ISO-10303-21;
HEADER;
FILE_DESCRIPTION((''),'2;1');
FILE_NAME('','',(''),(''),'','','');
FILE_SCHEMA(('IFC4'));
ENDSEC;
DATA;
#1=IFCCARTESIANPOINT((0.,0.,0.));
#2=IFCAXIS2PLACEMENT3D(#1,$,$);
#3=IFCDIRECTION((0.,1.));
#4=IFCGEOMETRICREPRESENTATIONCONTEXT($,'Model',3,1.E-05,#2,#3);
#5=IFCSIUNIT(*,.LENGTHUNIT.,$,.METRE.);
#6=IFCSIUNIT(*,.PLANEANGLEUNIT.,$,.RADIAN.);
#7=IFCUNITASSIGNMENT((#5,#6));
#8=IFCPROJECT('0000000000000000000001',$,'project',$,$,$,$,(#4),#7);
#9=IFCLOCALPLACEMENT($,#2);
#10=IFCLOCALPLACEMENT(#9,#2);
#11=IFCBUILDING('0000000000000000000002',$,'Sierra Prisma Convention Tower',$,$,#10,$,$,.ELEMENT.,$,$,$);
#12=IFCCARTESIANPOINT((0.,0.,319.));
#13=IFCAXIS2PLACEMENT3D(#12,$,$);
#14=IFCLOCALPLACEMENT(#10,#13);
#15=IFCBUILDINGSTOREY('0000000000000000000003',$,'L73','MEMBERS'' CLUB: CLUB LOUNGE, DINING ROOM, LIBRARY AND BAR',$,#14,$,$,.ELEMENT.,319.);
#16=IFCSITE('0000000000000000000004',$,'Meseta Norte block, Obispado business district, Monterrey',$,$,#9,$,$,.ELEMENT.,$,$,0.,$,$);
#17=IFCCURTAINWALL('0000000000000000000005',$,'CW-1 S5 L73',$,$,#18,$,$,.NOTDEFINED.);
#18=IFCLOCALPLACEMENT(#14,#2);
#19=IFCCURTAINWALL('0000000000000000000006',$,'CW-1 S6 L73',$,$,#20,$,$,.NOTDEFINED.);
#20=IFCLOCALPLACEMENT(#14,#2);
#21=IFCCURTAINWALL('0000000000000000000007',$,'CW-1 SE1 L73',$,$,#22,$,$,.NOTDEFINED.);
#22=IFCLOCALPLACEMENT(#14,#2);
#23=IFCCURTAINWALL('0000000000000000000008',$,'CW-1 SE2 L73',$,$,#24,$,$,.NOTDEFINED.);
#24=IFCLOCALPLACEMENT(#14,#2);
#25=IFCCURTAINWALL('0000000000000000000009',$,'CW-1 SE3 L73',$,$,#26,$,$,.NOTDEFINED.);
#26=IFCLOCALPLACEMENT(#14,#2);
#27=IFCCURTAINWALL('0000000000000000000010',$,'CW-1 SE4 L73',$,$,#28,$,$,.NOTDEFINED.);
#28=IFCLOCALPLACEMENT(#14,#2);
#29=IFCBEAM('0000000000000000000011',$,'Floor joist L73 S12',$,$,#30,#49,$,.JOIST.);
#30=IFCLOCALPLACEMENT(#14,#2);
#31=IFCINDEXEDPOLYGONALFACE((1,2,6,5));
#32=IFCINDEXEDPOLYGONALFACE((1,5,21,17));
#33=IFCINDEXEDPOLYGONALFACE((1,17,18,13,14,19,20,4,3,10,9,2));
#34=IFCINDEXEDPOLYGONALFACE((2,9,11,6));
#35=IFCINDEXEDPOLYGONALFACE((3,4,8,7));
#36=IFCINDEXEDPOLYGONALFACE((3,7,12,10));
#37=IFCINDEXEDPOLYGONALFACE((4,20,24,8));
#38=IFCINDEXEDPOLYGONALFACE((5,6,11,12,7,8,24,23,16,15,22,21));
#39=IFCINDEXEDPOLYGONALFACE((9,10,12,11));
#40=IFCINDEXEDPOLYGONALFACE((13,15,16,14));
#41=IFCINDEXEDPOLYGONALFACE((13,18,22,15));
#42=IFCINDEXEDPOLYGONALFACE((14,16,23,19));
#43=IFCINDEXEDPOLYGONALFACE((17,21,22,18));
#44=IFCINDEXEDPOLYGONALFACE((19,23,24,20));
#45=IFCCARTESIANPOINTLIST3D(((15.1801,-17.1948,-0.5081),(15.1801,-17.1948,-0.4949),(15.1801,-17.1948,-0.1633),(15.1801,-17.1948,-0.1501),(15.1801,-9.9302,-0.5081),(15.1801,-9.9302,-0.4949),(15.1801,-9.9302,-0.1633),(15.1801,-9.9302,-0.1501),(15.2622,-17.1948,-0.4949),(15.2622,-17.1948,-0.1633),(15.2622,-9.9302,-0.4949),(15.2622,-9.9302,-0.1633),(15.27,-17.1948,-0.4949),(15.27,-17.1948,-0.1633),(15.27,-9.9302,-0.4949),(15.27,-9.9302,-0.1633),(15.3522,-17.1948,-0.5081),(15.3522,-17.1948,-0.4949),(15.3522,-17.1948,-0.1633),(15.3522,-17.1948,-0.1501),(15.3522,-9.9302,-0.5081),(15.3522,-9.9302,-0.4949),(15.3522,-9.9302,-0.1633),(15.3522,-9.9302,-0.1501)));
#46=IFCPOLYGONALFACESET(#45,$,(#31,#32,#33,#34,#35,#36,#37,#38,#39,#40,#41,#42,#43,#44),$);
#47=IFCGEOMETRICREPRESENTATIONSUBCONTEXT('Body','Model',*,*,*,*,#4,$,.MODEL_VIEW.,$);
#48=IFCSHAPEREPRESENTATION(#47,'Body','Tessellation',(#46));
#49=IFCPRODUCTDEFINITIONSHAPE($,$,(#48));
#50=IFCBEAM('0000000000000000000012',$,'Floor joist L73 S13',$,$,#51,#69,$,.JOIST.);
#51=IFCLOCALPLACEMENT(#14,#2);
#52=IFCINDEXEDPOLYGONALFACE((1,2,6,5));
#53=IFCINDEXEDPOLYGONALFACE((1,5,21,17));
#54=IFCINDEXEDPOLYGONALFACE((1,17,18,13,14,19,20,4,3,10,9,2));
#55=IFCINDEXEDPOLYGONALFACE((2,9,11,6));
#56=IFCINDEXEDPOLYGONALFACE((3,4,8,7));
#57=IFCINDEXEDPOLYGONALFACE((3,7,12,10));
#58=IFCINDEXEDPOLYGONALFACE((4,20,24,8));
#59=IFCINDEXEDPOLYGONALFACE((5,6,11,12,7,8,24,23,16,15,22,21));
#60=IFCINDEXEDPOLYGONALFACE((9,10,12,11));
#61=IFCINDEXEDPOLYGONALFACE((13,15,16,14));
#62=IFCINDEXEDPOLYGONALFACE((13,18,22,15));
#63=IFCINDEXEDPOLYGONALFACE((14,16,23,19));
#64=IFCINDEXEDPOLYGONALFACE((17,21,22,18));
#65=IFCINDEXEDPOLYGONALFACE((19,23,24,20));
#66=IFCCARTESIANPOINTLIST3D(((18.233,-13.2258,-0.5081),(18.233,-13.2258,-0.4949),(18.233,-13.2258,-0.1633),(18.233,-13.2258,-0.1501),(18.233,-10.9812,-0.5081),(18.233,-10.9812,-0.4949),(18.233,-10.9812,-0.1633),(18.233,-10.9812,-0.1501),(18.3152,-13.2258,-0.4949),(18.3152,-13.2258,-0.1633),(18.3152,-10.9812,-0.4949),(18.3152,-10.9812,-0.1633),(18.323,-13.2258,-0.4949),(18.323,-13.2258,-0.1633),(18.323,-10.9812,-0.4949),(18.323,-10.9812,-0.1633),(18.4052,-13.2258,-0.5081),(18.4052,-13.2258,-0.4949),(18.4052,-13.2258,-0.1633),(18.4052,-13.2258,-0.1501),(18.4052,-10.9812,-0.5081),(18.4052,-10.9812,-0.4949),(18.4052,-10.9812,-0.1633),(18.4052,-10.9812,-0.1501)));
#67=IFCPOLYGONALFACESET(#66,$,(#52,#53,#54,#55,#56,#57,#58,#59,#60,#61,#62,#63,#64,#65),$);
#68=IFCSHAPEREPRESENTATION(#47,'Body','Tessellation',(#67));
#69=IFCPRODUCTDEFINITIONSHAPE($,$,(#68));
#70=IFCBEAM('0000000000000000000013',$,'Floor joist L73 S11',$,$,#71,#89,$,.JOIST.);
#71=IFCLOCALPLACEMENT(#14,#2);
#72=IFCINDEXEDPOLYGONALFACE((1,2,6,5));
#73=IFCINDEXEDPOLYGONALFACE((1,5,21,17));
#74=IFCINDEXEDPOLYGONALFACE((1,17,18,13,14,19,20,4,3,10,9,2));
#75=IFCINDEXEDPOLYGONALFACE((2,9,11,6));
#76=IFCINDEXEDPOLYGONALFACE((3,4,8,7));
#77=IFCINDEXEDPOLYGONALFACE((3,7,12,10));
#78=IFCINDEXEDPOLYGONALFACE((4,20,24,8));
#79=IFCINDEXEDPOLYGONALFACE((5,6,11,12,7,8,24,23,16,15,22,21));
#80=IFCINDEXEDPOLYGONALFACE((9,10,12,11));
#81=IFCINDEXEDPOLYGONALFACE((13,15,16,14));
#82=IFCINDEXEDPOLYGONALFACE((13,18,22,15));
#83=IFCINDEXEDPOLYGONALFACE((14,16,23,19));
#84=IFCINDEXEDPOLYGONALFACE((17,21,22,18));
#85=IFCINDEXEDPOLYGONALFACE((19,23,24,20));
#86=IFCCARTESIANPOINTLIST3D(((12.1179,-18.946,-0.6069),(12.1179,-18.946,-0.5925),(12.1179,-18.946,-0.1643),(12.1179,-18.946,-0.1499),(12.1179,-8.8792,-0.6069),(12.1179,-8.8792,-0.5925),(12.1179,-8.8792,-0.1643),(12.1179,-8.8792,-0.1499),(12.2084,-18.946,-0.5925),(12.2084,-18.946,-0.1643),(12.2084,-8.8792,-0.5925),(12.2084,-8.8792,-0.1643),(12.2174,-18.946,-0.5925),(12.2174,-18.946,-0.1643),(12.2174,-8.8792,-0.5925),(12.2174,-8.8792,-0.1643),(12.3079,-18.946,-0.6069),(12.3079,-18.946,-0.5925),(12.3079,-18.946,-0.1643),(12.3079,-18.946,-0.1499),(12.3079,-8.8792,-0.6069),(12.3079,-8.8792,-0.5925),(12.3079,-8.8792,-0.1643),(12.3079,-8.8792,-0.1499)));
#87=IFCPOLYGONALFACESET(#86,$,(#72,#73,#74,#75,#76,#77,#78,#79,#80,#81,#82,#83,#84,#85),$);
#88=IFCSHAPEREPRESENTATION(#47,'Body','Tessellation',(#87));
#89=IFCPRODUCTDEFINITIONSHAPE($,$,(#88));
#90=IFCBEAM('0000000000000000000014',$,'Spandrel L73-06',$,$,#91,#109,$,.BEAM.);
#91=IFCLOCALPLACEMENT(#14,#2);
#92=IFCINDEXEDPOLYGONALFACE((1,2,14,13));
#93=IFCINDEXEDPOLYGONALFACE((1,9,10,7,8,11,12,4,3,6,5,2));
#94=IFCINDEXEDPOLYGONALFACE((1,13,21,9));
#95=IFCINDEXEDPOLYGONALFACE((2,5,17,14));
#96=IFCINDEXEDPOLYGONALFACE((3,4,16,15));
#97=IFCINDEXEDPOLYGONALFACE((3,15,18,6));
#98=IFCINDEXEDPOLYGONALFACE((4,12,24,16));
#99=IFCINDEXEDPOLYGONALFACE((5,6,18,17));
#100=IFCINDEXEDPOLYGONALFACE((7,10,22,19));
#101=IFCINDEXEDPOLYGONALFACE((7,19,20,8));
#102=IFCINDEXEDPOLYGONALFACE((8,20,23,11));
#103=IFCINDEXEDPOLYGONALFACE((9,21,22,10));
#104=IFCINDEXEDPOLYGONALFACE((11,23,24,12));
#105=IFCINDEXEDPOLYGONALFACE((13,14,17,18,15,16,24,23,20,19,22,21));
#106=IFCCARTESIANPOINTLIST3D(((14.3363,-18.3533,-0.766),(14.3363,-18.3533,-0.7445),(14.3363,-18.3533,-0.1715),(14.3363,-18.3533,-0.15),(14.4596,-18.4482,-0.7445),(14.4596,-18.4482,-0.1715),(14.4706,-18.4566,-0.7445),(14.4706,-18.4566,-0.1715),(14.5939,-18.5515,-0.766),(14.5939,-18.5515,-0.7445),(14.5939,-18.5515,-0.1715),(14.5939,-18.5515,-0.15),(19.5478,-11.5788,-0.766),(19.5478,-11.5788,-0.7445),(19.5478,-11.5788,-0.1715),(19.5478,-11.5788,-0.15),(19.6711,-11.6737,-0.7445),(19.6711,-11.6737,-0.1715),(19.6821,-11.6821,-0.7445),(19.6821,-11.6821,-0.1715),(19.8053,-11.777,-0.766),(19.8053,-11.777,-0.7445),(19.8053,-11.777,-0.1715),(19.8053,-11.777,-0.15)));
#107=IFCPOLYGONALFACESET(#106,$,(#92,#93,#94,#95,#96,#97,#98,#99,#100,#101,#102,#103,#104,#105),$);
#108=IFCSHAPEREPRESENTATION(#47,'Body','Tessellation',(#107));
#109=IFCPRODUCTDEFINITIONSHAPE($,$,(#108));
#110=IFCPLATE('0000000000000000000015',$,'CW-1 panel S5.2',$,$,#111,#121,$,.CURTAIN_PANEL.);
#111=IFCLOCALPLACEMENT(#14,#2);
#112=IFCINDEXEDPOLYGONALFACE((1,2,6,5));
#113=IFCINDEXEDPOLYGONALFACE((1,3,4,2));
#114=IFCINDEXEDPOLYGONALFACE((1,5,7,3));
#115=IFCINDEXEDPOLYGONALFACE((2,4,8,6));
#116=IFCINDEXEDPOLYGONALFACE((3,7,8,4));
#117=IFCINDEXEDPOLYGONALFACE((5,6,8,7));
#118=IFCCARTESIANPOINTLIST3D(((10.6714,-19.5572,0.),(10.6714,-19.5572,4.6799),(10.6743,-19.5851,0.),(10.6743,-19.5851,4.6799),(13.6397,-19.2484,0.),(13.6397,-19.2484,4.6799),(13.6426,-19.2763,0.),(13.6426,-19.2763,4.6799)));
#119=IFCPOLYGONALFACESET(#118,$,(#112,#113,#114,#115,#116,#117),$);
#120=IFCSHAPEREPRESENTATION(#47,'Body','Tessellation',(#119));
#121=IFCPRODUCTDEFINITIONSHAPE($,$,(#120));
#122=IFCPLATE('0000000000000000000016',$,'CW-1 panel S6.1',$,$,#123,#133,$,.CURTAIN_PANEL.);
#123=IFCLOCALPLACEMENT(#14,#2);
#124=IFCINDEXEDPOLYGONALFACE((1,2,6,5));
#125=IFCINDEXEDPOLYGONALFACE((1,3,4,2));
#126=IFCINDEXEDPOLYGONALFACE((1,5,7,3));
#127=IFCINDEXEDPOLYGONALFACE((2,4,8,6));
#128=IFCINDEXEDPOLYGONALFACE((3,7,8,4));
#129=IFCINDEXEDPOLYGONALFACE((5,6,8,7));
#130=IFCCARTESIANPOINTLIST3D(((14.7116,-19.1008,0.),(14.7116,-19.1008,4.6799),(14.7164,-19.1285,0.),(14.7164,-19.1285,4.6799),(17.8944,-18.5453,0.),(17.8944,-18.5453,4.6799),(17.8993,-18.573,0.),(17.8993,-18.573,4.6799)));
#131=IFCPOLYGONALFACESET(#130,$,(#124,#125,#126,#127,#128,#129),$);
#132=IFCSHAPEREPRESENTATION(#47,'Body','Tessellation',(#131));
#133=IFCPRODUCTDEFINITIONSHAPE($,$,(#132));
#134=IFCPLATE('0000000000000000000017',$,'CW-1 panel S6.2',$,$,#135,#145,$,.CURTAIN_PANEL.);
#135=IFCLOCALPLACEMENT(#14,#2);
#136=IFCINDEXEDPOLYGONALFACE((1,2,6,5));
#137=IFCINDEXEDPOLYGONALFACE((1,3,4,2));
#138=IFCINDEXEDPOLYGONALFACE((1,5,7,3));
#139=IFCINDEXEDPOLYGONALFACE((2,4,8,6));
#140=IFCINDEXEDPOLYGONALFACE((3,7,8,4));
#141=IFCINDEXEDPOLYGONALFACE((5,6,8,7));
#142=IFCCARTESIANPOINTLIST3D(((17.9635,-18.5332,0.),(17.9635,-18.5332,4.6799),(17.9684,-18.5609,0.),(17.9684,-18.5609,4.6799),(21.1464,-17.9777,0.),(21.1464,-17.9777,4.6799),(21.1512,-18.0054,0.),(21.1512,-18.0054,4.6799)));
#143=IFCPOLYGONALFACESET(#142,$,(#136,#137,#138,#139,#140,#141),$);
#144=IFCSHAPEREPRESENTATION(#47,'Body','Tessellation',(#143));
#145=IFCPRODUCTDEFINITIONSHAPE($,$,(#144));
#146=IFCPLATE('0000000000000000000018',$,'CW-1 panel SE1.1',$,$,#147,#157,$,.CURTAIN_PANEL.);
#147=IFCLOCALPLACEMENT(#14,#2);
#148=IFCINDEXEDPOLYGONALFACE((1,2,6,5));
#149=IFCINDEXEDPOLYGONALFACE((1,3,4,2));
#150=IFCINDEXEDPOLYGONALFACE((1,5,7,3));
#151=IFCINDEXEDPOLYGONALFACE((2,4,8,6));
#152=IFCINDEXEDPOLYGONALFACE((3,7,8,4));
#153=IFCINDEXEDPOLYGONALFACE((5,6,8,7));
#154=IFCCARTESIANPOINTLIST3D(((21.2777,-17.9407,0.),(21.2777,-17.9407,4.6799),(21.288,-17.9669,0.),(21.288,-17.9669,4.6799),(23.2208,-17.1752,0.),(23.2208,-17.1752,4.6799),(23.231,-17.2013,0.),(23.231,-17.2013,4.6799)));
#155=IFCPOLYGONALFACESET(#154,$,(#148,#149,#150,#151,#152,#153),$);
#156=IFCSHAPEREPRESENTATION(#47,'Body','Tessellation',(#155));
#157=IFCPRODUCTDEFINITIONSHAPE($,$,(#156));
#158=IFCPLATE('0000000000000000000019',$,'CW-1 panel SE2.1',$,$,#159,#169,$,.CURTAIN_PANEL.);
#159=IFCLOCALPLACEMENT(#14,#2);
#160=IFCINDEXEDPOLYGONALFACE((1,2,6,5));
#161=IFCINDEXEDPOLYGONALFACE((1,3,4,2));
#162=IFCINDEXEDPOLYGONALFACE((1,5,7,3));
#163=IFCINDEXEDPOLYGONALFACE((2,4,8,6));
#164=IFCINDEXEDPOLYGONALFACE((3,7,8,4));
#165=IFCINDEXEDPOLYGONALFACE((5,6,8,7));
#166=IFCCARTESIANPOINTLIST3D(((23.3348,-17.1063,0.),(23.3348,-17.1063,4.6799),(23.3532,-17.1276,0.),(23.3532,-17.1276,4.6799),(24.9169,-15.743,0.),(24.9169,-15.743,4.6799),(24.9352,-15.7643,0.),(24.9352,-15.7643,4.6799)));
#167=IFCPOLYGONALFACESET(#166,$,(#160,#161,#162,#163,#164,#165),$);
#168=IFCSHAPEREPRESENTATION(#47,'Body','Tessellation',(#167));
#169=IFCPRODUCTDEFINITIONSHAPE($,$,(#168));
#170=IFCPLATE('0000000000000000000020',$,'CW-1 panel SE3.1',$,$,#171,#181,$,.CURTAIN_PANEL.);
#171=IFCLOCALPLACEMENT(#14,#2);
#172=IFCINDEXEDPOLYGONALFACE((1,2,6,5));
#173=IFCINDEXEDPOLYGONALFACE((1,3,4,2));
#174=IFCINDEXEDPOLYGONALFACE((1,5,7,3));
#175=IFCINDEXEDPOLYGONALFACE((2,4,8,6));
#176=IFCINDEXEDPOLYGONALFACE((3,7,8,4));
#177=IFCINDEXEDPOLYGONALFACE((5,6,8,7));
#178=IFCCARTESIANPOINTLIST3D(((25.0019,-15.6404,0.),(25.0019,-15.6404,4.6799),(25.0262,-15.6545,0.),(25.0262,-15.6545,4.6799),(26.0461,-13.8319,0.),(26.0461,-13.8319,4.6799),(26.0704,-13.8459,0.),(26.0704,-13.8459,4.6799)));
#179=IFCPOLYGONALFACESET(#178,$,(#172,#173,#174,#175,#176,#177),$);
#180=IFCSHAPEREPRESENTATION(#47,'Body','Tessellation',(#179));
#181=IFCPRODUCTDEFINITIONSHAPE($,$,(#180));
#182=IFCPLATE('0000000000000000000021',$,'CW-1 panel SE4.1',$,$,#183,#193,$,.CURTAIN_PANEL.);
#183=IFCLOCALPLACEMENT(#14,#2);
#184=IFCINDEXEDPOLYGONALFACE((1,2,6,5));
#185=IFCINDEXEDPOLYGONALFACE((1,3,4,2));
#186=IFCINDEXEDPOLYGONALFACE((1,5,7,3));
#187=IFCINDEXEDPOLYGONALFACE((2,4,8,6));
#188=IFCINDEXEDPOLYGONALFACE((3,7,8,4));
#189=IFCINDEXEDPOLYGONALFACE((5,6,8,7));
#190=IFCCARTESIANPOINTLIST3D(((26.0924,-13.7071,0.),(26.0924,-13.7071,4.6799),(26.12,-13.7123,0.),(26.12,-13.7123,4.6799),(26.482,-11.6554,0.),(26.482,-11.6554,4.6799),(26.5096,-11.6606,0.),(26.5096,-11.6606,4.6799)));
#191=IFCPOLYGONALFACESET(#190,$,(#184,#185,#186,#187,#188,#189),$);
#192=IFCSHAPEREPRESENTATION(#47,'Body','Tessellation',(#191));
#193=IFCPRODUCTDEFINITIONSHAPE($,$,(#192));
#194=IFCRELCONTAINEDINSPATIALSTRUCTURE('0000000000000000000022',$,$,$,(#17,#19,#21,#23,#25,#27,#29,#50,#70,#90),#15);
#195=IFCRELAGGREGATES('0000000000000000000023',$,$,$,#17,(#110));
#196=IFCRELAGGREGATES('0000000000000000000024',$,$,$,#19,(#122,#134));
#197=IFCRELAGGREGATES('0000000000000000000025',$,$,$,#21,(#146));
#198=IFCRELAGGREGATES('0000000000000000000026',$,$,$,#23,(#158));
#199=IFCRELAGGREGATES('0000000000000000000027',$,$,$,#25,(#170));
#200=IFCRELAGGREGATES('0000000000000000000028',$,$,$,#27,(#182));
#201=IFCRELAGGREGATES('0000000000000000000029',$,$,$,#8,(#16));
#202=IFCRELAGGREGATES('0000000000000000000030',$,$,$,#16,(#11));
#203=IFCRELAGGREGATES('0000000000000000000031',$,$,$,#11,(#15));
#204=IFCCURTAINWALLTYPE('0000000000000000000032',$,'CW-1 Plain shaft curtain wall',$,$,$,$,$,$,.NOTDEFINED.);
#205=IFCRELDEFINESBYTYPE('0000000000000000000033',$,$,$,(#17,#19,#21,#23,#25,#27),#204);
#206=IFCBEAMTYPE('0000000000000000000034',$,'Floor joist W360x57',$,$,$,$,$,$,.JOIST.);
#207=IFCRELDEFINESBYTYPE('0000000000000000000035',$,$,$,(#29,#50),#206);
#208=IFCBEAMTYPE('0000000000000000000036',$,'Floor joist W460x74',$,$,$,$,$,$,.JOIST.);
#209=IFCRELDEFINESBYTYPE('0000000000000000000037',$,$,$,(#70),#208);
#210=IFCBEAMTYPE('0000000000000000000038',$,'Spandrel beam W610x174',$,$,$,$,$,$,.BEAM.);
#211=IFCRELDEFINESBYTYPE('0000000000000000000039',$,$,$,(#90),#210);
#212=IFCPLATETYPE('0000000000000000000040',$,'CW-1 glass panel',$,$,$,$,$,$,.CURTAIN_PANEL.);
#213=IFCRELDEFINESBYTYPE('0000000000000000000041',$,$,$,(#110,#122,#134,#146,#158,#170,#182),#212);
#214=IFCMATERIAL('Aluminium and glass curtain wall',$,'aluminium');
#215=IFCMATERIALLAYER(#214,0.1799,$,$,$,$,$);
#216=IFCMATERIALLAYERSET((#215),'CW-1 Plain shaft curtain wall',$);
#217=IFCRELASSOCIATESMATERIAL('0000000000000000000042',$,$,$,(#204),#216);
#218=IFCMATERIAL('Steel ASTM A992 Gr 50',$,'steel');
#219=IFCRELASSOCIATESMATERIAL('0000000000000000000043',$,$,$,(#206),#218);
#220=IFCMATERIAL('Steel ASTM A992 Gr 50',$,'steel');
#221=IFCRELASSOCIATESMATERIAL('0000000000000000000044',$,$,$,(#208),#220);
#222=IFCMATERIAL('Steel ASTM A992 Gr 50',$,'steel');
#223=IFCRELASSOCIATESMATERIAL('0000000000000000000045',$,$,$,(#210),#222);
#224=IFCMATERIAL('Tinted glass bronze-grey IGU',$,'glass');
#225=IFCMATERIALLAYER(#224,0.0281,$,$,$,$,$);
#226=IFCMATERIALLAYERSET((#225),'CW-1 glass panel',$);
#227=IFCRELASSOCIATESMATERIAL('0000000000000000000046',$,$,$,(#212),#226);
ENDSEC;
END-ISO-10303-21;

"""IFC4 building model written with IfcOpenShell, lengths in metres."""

from ifc_helpers import new_model, si_unit, direction, frame, origin, origin_2d, place, context, subcontext, project, spatial, rectangle, i_section, extrude, material, layer, layer_set, material_profile, profile_set, type_object, element, aggregate, save


model = new_model("IFC4")

# Units and contexts
model_context = context("Model", 3, precision=1e-05, world=origin(), true_north=direction((0.0, 1.0)))
body_context = subcontext(model_context, "Body", "Model", "MODEL_VIEW")
ifc_project = project(units=[si_unit("LENGTHUNIT", "METRE"), si_unit("PLANEANGLEUNIT", "RADIAN")], contexts=[model_context])

# Site, building, storey
site_placement = place(None, origin())
site = spatial("IfcSite", under=ifc_project, at=site_placement, Name="Meseta Norte block, Obispado business district, Monterrey", CompositionType="ELEMENT", RefElevation=0.0)
building_placement = place(site_placement, origin())
building = spatial("IfcBuilding", under=site, at=building_placement, Name="Sierra Prisma Convention Tower", CompositionType="ELEMENT")
storey_placement = place(building_placement, frame((0.0, 0.0, 319.0)))
storey = spatial("IfcBuildingStorey", under=building, at=storey_placement, Name="L73", Description="MEMBERS' CLUB: CLUB LOUNGE, DINING ROOM, LIBRARY AND BAR", CompositionType="ELEMENT", Elevation=319.0)

# Curtain walls
ifc_material_1 = material(Name="Aluminium and glass curtain wall", Category="aluminium")
ifc_layer_1 = layer(ifc_material_1, 0.1799)
ifc_layer_set_1 = layer_set([ifc_layer_1], Name="CW-1 Plain shaft curtain wall")
curtain_wall_type = type_object("IfcCurtainWallType", Name="CW-1 Plain shaft curtain wall", PredefinedType="NOTDEFINED", material=ifc_layer_set_1)
curtain_wall_1_placement = place(storey_placement, origin())
curtain_wall_1 = element("IfcCurtainWall", 1, at=curtain_wall_1_placement, inside=storey, type_object=curtain_wall_type, Name="CW-1 S5 L73", PredefinedType="NOTDEFINED")
curtain_wall_2_placement = place(storey_placement, origin())
curtain_wall_2 = element("IfcCurtainWall", 2, at=curtain_wall_2_placement, inside=storey, type_object=curtain_wall_type, Name="CW-1 S6 L73", PredefinedType="NOTDEFINED")
curtain_wall_3_placement = place(storey_placement, origin())
curtain_wall_3 = element("IfcCurtainWall", 3, at=curtain_wall_3_placement, inside=storey, type_object=curtain_wall_type, Name="CW-1 SE1 L73", PredefinedType="NOTDEFINED")
curtain_wall_4_placement = place(storey_placement, origin())
curtain_wall_4 = element("IfcCurtainWall", 4, at=curtain_wall_4_placement, inside=storey, type_object=curtain_wall_type, Name="CW-1 SE2 L73", PredefinedType="NOTDEFINED")
curtain_wall_5_placement = place(storey_placement, origin())
curtain_wall_5 = element("IfcCurtainWall", 5, at=curtain_wall_5_placement, inside=storey, type_object=curtain_wall_type, Name="CW-1 SE3 L73", PredefinedType="NOTDEFINED")
curtain_wall_6_placement = place(storey_placement, origin())
curtain_wall_6 = element("IfcCurtainWall", 6, at=curtain_wall_6_placement, inside=storey, type_object=curtain_wall_type, Name="CW-1 SE4 L73", PredefinedType="NOTDEFINED")

# Beams
ifc_material_2 = material(Name="Steel ASTM A992 Gr 50", Category="steel")
ifc_material_profile_1 = material_profile(ifc_material_2, i_section(OverallWidth=0.1721, OverallDepth=0.3579, WebThickness=0.0078, FlangeThickness=0.0132, at=origin_2d()), Name="W360x57")
ifc_profile_set_1 = profile_set([ifc_material_profile_1], Name="Steel ASTM A992 Gr 50")
beam_type_1 = type_object("IfcBeamType", Name="Floor joist W360x57", PredefinedType="JOIST", material=ifc_profile_set_1)
beam_1_placement = place(storey_placement, frame((15.2661, -17.1948, -0.3291), z_axis=(0.0, 1.0, 0.0), x_axis=(-1.0, 0.0, 0.0)))
element("IfcBeam", 7, at=beam_1_placement, inside=storey, type_object=beam_type_1, Name="Floor joist L73 S12", PredefinedType="JOIST", context=body_context, shape_type="SweptSolid", body=[
    extrude(i_section(OverallWidth=0.1721, OverallDepth=0.3579, WebThickness=0.0078, FlangeThickness=0.0132, at=origin_2d()), origin(), (0.0, 0.0, 1.0), 7.2646),
])
beam_2_placement = place(storey_placement, frame((18.3191, -13.2258, -0.3291), z_axis=(0.0, 1.0, 0.0), x_axis=(-1.0, 0.0, 0.0)))
element("IfcBeam", 8, at=beam_2_placement, inside=storey, type_object=beam_type_1, Name="Floor joist L73 S13", PredefinedType="JOIST", context=body_context, shape_type="SweptSolid", body=[
    extrude(i_section(OverallWidth=0.1721, OverallDepth=0.3579, WebThickness=0.0078, FlangeThickness=0.0132, at=origin_2d()), origin(), (0.0, 0.0, 1.0), 2.2446),
])
ifc_material_3 = material(Name="Steel ASTM A992 Gr 50", Category="steel")
ifc_material_profile_2 = material_profile(ifc_material_3, i_section(OverallWidth=0.1899, OverallDepth=0.457, WebThickness=0.009, FlangeThickness=0.0144, at=origin_2d()), Name="W460x74")
ifc_profile_set_2 = profile_set([ifc_material_profile_2], Name="Steel ASTM A992 Gr 50")
beam_type_2 = type_object("IfcBeamType", Name="Floor joist W460x74", PredefinedType="JOIST", material=ifc_profile_set_2)
beam_3_placement = place(storey_placement, frame((12.2129, -18.946, -0.3784), z_axis=(0.0, 1.0, 0.0), x_axis=(-1.0, 0.0, 0.0)))
element("IfcBeam", 9, at=beam_3_placement, inside=storey, type_object=beam_type_2, Name="Floor joist L73 S11", PredefinedType="JOIST", context=body_context, shape_type="SweptSolid", body=[
    extrude(i_section(OverallWidth=0.1899, OverallDepth=0.457, WebThickness=0.009, FlangeThickness=0.0144, at=origin_2d()), origin(), (0.0, 0.0, 1.0), 10.0669),
])
ifc_material_4 = material(Name="Steel ASTM A992 Gr 50", Category="steel")
ifc_material_profile_3 = material_profile(ifc_material_4, i_section(OverallWidth=0.325, OverallDepth=0.616, WebThickness=0.0139, FlangeThickness=0.0215, at=origin_2d()), Name="W610x174")
ifc_profile_set_3 = profile_set([ifc_material_profile_3], Name="Steel ASTM A992 Gr 50")
beam_type_3 = type_object("IfcBeamType", Name="Spandrel beam W610x174", PredefinedType="BEAM", material=ifc_profile_set_3)
beam_4_placement = place(storey_placement, frame((14.4651, -18.4524, -0.458), z_axis=(0.609736, 0.792605, 0.0), x_axis=(-0.792605, 0.609736, 0.0)))
element("IfcBeam", 10, at=beam_4_placement, inside=storey, type_object=beam_type_3, Name="Spandrel L73-06", PredefinedType="BEAM", context=body_context, shape_type="SweptSolid", body=[
    extrude(i_section(OverallWidth=0.325, OverallDepth=0.616, WebThickness=0.0139, FlangeThickness=0.0215, at=origin_2d()), origin(), (0.0, 0.0, 1.0), 8.5471),
])

# Plates
ifc_material_5 = material(Name="Tinted glass bronze-grey IGU", Category="glass")
ifc_layer_2 = layer(ifc_material_5, 0.0281)
ifc_layer_set_2 = layer_set([ifc_layer_2], Name="CW-1 glass panel")
plate_type = type_object("IfcPlateType", Name="CW-1 glass panel", PredefinedType="CURTAIN_PANEL", material=ifc_layer_set_2)
plate_1_placement = place(storey_placement, frame((12.157, -19.4167, 0.0), z_axis=(0.0, 0.0, 1.0), x_axis=(0.994631, 0.103487, 0.0)))
plate_1 = element("IfcPlate", 11, at=plate_1_placement, type_object=plate_type, Name="CW-1 panel S5.2", PredefinedType="CURTAIN_PANEL", context=body_context, shape_type="SweptSolid", body=[
    extrude(rectangle(XDim=2.9844, YDim=0.0281, at=origin_2d()), origin(), (0.0, 0.0, 1.0), 4.6799),
])
aggregate(curtain_wall_1, [plate_1])
plate_2_placement = place(storey_placement, frame((16.3054, -18.8369, 0.0), z_axis=(0.0, 0.0, 1.0), x_axis=(0.985109, 0.171929, 0.0)))
plate_2 = element("IfcPlate", 12, at=plate_2_placement, type_object=plate_type, Name="CW-1 panel S6.1", PredefinedType="CURTAIN_PANEL", context=body_context, shape_type="SweptSolid", body=[
    extrude(rectangle(XDim=3.231, YDim=0.0281, at=origin_2d()), origin(), (0.0, 0.0, 1.0), 4.6799),
])
plate_3_placement = place(storey_placement, frame((19.5574, -18.2693, 0.0), z_axis=(0.0, 0.0, 1.0), x_axis=(0.985109, 0.171929, 0.0)))
plate_3 = element("IfcPlate", 13, at=plate_3_placement, type_object=plate_type, Name="CW-1 panel S6.2", PredefinedType="CURTAIN_PANEL", context=body_context, shape_type="SweptSolid", body=[
    extrude(rectangle(XDim=3.231, YDim=0.0281, at=origin_2d()), origin(), (0.0, 0.0, 1.0), 4.6799),
])
aggregate(curtain_wall_2, [plate_2, plate_3])
plate_4_placement = place(storey_placement, frame((22.2544, -17.571, 0.0), z_axis=(0.0, 0.0, 1.0), x_axis=(0.930392, 0.366566, 0.0)))
plate_4 = element("IfcPlate", 14, at=plate_4_placement, type_object=plate_type, Name="CW-1 panel SE1.1", PredefinedType="CURTAIN_PANEL", context=body_context, shape_type="SweptSolid", body=[
    extrude(rectangle(XDim=2.0884, YDim=0.0281, at=origin_2d()), origin(), (0.0, 0.0, 1.0), 4.6799),
])
aggregate(curtain_wall_3, [plate_4])
plate_5_placement = place(storey_placement, frame((24.135, -16.4353, 0.0), z_axis=(0.0, 0.0, 1.0), x_axis=(0.757542, 0.652786, 0.0)))
plate_5 = element("IfcPlate", 15, at=plate_5_placement, type_object=plate_type, Name="CW-1 panel SE2.1", PredefinedType="CURTAIN_PANEL", context=body_context, shape_type="SweptSolid", body=[
    extrude(rectangle(XDim=2.0884, YDim=0.0281, at=origin_2d()), origin(), (0.0, 0.0, 1.0), 4.6799),
])
aggregate(curtain_wall_4, [plate_5])
plate_6_placement = place(storey_placement, frame((25.5361, -14.7432, 0.0), z_axis=(0.0, 0.0, 1.0), x_axis=(0.5, 0.866025, 0.0)))
plate_6 = element("IfcPlate", 16, at=plate_6_placement, type_object=plate_type, Name="CW-1 panel SE3.1", PredefinedType="CURTAIN_PANEL", context=body_context, shape_type="SweptSolid", body=[
    extrude(rectangle(XDim=2.0884, YDim=0.0281, at=origin_2d()), origin(), (0.0, 0.0, 1.0), 4.6799),
])
aggregate(curtain_wall_5, [plate_6])
plate_7_placement = place(storey_placement, frame((26.301, -12.6838, 0.0), z_axis=(0.0, 0.0, 1.0), x_axis=(0.186558, 0.982444, 0.0)))
plate_7 = element("IfcPlate", 17, at=plate_7_placement, type_object=plate_type, Name="CW-1 panel SE4.1", PredefinedType="CURTAIN_PANEL", context=body_context, shape_type="SweptSolid", body=[
    extrude(rectangle(XDim=2.0884, YDim=0.0281, at=origin_2d()), origin(), (0.0, 0.0, 1.0), 4.6799),
])
aggregate(curtain_wall_6, [plate_7])

save(model, "model.ifc")
